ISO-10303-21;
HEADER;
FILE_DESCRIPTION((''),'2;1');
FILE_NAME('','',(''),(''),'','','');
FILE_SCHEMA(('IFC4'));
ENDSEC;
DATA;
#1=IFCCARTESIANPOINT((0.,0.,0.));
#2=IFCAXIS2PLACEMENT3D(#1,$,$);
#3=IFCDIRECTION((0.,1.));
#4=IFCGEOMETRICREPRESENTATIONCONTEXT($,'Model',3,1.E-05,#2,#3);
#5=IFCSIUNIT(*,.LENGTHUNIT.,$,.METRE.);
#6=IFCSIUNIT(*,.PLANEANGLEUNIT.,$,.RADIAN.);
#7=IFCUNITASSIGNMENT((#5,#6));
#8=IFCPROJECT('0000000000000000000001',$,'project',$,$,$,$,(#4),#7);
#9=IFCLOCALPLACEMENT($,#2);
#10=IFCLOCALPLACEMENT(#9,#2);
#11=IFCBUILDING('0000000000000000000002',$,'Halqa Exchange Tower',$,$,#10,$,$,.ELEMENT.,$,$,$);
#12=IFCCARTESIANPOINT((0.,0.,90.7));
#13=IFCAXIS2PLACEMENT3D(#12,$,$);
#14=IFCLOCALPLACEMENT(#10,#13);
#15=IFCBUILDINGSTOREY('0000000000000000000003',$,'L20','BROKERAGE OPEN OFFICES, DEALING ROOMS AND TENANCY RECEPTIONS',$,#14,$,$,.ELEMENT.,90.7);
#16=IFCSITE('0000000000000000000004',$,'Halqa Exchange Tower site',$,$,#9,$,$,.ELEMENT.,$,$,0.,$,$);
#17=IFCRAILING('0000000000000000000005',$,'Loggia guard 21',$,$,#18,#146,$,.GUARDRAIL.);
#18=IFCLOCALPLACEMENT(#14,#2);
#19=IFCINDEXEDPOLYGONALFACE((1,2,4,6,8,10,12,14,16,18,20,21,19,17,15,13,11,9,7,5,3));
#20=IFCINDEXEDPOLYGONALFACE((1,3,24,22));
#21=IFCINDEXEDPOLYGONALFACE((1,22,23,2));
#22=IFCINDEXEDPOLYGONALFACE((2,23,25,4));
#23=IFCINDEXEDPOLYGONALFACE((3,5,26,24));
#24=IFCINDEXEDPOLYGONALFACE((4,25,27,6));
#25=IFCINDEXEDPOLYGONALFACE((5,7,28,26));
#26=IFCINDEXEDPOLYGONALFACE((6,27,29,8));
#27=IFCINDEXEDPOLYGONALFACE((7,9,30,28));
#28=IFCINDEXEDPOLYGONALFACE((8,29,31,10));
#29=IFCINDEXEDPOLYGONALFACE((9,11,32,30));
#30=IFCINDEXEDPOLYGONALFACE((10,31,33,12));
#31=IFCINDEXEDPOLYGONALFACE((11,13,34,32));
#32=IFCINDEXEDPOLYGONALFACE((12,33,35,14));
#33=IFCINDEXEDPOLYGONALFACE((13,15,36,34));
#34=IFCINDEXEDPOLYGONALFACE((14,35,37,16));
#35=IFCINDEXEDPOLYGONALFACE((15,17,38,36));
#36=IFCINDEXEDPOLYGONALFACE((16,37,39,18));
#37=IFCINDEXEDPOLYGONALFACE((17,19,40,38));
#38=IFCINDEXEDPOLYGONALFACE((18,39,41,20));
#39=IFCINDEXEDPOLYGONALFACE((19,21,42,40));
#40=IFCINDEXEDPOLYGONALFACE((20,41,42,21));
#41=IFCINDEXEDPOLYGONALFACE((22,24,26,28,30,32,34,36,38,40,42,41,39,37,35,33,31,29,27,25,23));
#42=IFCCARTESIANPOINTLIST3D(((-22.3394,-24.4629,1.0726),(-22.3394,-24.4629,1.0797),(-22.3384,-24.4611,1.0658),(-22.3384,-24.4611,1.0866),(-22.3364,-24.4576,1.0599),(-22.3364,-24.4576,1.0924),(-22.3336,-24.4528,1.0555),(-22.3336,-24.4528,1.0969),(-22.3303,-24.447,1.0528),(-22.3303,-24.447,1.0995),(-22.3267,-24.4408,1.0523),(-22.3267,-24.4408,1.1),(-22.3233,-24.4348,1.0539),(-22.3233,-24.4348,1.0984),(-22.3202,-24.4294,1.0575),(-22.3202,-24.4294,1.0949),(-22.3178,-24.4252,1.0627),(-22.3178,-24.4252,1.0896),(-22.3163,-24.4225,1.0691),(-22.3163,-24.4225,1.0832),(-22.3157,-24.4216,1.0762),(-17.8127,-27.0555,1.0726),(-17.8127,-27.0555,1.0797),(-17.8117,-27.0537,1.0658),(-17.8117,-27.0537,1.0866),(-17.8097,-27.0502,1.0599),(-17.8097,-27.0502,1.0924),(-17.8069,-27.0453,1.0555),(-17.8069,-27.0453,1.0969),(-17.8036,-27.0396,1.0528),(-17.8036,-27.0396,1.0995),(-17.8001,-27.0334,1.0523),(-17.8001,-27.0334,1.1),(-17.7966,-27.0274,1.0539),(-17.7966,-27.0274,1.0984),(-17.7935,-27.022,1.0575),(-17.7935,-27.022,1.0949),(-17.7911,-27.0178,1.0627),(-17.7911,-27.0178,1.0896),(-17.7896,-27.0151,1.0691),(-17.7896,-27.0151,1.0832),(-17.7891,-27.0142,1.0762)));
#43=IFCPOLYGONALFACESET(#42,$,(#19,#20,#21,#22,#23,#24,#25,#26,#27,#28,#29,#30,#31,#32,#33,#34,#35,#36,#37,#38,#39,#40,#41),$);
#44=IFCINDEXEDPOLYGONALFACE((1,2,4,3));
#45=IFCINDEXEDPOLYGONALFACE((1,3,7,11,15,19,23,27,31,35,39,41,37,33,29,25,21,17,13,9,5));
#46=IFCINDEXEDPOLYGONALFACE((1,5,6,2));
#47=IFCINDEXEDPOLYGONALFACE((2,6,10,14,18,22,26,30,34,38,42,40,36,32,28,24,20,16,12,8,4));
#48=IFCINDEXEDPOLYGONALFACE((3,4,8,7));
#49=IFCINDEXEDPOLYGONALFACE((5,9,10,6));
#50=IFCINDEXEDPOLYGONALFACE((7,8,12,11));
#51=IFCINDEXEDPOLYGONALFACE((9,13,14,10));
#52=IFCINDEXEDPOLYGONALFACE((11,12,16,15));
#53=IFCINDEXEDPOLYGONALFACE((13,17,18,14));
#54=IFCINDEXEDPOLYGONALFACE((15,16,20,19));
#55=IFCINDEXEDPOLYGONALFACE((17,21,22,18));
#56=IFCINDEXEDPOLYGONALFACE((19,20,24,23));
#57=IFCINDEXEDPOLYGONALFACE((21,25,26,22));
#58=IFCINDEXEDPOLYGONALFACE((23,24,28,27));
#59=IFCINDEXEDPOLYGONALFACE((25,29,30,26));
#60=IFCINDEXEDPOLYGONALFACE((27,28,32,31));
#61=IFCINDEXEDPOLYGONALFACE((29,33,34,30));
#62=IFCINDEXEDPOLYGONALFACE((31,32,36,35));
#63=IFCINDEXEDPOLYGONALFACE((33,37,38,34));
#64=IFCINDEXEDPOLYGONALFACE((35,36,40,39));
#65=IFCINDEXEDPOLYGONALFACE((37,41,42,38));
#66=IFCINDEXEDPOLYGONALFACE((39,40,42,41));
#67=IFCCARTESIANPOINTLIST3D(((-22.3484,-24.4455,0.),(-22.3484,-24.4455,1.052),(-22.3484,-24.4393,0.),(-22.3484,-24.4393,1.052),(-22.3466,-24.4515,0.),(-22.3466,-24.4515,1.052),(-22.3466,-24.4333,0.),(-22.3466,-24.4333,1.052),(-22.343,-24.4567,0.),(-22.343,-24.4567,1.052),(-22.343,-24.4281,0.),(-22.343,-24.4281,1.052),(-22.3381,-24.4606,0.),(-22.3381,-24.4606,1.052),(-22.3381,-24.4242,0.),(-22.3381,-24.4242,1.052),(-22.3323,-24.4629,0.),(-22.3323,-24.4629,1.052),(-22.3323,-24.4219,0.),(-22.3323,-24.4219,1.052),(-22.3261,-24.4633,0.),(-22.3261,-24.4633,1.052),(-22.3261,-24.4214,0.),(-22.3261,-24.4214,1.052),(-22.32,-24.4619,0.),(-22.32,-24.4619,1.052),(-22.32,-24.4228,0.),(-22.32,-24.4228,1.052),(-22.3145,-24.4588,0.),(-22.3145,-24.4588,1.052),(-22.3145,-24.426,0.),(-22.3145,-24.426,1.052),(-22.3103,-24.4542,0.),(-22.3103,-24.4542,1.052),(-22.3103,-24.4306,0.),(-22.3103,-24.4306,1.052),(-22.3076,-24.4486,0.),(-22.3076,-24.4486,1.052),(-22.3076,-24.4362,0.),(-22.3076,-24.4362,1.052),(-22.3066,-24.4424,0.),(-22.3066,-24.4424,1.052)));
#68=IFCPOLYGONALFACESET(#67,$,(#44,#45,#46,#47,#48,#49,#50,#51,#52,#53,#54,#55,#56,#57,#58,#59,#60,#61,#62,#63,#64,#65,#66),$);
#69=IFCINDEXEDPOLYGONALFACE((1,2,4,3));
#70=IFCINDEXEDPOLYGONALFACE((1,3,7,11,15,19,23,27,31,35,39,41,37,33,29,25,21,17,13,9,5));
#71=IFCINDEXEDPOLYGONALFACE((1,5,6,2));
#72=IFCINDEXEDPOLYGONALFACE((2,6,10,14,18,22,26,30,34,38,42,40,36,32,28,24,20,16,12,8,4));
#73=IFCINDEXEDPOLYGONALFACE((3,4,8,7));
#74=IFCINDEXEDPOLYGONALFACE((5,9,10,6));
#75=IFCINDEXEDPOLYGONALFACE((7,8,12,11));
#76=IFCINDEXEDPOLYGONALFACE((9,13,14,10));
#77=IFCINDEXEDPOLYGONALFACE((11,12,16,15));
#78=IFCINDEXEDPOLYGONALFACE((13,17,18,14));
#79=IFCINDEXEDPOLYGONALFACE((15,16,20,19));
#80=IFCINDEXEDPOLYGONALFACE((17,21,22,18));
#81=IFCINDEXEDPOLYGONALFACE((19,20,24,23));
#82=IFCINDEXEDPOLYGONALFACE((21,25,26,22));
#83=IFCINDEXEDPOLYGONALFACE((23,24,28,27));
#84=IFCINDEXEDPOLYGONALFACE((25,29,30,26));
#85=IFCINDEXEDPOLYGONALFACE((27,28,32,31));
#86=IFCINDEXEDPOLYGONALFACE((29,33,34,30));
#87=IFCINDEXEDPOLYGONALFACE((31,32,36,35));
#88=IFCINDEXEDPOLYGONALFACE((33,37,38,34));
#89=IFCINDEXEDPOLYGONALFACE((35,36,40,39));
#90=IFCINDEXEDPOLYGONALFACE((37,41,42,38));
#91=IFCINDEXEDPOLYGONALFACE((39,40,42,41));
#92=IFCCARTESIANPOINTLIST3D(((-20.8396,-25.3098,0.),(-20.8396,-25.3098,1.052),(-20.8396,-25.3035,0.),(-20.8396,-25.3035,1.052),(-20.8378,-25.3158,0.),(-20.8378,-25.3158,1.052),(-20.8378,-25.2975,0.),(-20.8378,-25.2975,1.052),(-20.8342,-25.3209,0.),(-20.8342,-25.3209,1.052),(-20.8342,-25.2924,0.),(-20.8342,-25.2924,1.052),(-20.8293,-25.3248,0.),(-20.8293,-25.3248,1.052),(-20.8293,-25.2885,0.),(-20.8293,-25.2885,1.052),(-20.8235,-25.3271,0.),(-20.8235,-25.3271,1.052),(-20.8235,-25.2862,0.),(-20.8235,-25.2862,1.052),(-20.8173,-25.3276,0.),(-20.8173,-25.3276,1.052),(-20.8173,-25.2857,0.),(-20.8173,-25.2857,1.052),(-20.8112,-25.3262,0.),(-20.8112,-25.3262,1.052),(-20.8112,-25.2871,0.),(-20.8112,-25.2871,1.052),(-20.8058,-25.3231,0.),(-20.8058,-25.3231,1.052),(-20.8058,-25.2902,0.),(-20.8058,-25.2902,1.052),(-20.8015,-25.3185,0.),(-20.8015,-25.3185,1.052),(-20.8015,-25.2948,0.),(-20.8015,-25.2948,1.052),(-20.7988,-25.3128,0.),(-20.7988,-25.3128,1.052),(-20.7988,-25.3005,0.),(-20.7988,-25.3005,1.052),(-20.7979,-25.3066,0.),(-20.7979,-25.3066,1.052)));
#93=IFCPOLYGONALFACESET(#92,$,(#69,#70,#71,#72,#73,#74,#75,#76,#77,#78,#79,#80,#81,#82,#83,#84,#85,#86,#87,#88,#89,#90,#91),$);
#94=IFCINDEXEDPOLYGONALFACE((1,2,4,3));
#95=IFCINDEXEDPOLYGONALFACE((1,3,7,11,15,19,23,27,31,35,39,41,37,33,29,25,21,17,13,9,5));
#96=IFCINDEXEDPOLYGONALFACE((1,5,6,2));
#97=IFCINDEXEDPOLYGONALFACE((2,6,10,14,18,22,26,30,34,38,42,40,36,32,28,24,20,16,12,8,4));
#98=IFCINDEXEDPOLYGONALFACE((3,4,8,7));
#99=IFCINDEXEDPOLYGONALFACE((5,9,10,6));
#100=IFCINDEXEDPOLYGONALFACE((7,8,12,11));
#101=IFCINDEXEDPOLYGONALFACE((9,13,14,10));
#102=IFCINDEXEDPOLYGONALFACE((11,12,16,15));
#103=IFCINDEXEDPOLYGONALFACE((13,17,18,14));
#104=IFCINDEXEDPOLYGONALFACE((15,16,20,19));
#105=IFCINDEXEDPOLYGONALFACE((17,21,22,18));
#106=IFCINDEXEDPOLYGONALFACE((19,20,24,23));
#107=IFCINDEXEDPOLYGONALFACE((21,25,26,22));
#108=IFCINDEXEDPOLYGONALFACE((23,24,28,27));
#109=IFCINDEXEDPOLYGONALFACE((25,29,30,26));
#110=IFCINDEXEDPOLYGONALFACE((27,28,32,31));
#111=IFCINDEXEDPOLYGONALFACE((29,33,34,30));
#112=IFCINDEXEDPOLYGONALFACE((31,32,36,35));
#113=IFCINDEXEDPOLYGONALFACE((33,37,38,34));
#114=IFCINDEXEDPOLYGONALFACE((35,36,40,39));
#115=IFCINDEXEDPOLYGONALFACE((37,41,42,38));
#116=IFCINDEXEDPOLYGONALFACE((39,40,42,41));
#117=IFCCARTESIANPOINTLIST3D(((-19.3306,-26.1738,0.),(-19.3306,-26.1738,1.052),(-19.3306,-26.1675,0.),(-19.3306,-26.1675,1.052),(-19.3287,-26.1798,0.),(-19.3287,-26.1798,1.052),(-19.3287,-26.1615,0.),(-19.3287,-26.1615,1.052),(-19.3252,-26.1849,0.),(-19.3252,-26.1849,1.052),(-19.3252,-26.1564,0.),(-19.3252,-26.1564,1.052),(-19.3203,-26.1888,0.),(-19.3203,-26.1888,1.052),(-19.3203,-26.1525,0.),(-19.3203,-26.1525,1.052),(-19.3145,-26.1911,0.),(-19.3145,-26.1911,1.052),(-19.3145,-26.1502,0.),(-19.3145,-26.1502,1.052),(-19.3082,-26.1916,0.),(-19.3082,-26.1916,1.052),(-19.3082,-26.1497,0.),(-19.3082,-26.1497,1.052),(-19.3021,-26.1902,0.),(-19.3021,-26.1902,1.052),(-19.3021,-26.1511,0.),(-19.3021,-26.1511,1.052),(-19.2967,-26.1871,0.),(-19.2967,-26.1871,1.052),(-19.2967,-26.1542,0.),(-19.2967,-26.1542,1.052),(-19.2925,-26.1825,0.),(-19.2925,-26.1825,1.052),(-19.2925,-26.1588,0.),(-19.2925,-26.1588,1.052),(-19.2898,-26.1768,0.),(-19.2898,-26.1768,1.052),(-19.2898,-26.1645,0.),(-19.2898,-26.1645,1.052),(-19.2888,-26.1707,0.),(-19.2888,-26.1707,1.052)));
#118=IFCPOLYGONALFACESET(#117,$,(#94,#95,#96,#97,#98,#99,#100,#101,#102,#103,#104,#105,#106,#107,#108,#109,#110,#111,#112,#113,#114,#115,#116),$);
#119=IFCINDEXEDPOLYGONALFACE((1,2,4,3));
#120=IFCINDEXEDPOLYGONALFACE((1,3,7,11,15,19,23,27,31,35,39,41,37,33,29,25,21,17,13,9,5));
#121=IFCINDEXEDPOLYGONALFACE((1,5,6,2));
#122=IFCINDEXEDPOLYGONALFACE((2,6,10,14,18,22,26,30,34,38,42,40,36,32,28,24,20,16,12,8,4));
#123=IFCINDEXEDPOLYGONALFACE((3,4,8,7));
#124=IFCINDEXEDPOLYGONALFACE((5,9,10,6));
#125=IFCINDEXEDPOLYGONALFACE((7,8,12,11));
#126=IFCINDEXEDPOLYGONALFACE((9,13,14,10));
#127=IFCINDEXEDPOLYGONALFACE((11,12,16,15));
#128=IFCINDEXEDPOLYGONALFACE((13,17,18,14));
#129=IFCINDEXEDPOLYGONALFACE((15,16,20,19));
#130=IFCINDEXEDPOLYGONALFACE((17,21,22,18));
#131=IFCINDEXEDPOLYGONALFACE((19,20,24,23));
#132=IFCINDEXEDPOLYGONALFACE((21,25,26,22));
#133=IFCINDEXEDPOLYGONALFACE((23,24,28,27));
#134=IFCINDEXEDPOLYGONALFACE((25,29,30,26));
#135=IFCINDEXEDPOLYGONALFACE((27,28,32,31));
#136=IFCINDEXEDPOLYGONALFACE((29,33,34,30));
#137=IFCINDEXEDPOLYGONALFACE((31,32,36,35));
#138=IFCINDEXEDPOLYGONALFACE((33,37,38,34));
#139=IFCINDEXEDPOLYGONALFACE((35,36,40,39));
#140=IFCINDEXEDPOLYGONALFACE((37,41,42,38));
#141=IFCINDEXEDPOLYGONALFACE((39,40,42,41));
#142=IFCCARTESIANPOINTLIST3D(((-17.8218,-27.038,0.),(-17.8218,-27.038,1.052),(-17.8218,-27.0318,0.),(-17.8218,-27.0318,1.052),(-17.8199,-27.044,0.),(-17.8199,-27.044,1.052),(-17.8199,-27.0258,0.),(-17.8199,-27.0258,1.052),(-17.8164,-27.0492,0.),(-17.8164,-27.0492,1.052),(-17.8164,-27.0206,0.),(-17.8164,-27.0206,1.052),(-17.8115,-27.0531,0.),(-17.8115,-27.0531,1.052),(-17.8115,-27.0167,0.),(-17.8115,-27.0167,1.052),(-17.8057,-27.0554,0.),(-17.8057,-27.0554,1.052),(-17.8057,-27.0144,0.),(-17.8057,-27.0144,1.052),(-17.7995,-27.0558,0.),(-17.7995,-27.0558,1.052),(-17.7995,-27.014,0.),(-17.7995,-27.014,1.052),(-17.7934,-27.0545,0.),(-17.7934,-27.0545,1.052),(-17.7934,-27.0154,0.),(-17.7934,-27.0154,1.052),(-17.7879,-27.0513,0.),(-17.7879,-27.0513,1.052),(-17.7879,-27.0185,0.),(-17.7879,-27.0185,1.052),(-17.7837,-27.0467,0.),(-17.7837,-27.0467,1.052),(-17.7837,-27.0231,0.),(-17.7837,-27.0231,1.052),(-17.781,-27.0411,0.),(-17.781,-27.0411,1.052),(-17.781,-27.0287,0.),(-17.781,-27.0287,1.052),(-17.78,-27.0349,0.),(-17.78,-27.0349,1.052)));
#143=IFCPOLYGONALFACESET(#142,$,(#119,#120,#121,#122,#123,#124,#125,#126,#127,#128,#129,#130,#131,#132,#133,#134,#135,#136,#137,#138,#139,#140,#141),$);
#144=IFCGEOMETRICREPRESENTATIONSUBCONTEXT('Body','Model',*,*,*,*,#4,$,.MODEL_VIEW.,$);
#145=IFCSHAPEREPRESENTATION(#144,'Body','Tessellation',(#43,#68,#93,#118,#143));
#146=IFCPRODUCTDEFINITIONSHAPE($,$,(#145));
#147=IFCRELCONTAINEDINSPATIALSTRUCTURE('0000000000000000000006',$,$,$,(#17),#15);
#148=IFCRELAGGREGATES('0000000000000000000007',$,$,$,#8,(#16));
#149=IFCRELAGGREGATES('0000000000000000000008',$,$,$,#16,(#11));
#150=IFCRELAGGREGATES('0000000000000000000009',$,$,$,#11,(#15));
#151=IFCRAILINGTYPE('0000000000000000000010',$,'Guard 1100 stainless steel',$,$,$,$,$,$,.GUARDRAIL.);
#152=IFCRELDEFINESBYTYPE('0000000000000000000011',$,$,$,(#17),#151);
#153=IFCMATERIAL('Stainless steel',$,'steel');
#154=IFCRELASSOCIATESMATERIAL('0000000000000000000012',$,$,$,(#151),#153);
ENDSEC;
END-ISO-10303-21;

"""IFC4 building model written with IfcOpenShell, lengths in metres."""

from ifc_helpers import new_model, si_unit, direction, frame, origin, origin_2d, place, context, subcontext, project, spatial, circle, extrude, material, type_object, element, save


model = new_model("IFC4")

# Units and contexts
model_context = context("Model", 3, precision=1e-05, world=origin(), true_north=direction((0.0, 1.0)))
body_context = subcontext(model_context, "Body", "Model", "MODEL_VIEW")
ifc_project = project(units=[si_unit("LENGTHUNIT", "METRE"), si_unit("PLANEANGLEUNIT", "RADIAN")], contexts=[model_context])

# Site, building, storey
site_placement = place(None, origin())
site = spatial("IfcSite", under=ifc_project, at=site_placement, Name="Halqa Exchange Tower site", CompositionType="ELEMENT", RefElevation=0.0)
building_placement = place(site_placement, origin())
building = spatial("IfcBuilding", under=site, at=building_placement, Name="Halqa Exchange Tower", CompositionType="ELEMENT")
storey_placement = place(building_placement, frame((0.0, 0.0, 90.7)))
storey = spatial("IfcBuildingStorey", under=building, at=storey_placement, Name="L20", Description="BROKERAGE OPEN OFFICES, DEALING ROOMS AND TENANCY RECEPTIONS", CompositionType="ELEMENT", Elevation=90.7)

# Railing
ifc_material_1 = material(Name="Stainless steel", Category="steel")
railing_type = type_object("IfcRailingType", Name="Guard 1100 stainless steel", PredefinedType="GUARDRAIL", material=ifc_material_1)
railing_1_placement = place(storey_placement, frame((-22.3276, -24.4424, 0.0)))
element("IfcRailing", 1, at=railing_1_placement, inside=storey, type_object=railing_type, Name="Loggia guard 21", PredefinedType="GUARDRAIL", context=body_context, shape_type="SweptSolid", body=[
    extrude(circle(Radius=0.0239, at=origin_2d()), frame((0.0, 0.0, 1.0762), z_axis=(0.867756, -0.49699, 0.0), x_axis=(0.49699, 0.867756, 0.0)), (0.0, 0.0, 1.0), 5.2166),
    extrude(circle(Radius=0.021, at=origin_2d()), origin(), (0.0, 0.0, 1.0), 1.052),
    extrude(circle(Radius=0.021, at=origin_2d()), frame((1.5088, -0.8643, 0.0)), (0.0, 0.0, 1.0), 1.052),
    extrude(circle(Radius=0.021, at=origin_2d()), frame((3.0178, -1.7283, 0.0)), (0.0, 0.0, 1.0), 1.052),
    extrude(circle(Radius=0.021, at=origin_2d()), frame((4.5266, -2.5925, 0.0)), (0.0, 0.0, 1.0), 1.052),
])

save(model, "model.ifc")
